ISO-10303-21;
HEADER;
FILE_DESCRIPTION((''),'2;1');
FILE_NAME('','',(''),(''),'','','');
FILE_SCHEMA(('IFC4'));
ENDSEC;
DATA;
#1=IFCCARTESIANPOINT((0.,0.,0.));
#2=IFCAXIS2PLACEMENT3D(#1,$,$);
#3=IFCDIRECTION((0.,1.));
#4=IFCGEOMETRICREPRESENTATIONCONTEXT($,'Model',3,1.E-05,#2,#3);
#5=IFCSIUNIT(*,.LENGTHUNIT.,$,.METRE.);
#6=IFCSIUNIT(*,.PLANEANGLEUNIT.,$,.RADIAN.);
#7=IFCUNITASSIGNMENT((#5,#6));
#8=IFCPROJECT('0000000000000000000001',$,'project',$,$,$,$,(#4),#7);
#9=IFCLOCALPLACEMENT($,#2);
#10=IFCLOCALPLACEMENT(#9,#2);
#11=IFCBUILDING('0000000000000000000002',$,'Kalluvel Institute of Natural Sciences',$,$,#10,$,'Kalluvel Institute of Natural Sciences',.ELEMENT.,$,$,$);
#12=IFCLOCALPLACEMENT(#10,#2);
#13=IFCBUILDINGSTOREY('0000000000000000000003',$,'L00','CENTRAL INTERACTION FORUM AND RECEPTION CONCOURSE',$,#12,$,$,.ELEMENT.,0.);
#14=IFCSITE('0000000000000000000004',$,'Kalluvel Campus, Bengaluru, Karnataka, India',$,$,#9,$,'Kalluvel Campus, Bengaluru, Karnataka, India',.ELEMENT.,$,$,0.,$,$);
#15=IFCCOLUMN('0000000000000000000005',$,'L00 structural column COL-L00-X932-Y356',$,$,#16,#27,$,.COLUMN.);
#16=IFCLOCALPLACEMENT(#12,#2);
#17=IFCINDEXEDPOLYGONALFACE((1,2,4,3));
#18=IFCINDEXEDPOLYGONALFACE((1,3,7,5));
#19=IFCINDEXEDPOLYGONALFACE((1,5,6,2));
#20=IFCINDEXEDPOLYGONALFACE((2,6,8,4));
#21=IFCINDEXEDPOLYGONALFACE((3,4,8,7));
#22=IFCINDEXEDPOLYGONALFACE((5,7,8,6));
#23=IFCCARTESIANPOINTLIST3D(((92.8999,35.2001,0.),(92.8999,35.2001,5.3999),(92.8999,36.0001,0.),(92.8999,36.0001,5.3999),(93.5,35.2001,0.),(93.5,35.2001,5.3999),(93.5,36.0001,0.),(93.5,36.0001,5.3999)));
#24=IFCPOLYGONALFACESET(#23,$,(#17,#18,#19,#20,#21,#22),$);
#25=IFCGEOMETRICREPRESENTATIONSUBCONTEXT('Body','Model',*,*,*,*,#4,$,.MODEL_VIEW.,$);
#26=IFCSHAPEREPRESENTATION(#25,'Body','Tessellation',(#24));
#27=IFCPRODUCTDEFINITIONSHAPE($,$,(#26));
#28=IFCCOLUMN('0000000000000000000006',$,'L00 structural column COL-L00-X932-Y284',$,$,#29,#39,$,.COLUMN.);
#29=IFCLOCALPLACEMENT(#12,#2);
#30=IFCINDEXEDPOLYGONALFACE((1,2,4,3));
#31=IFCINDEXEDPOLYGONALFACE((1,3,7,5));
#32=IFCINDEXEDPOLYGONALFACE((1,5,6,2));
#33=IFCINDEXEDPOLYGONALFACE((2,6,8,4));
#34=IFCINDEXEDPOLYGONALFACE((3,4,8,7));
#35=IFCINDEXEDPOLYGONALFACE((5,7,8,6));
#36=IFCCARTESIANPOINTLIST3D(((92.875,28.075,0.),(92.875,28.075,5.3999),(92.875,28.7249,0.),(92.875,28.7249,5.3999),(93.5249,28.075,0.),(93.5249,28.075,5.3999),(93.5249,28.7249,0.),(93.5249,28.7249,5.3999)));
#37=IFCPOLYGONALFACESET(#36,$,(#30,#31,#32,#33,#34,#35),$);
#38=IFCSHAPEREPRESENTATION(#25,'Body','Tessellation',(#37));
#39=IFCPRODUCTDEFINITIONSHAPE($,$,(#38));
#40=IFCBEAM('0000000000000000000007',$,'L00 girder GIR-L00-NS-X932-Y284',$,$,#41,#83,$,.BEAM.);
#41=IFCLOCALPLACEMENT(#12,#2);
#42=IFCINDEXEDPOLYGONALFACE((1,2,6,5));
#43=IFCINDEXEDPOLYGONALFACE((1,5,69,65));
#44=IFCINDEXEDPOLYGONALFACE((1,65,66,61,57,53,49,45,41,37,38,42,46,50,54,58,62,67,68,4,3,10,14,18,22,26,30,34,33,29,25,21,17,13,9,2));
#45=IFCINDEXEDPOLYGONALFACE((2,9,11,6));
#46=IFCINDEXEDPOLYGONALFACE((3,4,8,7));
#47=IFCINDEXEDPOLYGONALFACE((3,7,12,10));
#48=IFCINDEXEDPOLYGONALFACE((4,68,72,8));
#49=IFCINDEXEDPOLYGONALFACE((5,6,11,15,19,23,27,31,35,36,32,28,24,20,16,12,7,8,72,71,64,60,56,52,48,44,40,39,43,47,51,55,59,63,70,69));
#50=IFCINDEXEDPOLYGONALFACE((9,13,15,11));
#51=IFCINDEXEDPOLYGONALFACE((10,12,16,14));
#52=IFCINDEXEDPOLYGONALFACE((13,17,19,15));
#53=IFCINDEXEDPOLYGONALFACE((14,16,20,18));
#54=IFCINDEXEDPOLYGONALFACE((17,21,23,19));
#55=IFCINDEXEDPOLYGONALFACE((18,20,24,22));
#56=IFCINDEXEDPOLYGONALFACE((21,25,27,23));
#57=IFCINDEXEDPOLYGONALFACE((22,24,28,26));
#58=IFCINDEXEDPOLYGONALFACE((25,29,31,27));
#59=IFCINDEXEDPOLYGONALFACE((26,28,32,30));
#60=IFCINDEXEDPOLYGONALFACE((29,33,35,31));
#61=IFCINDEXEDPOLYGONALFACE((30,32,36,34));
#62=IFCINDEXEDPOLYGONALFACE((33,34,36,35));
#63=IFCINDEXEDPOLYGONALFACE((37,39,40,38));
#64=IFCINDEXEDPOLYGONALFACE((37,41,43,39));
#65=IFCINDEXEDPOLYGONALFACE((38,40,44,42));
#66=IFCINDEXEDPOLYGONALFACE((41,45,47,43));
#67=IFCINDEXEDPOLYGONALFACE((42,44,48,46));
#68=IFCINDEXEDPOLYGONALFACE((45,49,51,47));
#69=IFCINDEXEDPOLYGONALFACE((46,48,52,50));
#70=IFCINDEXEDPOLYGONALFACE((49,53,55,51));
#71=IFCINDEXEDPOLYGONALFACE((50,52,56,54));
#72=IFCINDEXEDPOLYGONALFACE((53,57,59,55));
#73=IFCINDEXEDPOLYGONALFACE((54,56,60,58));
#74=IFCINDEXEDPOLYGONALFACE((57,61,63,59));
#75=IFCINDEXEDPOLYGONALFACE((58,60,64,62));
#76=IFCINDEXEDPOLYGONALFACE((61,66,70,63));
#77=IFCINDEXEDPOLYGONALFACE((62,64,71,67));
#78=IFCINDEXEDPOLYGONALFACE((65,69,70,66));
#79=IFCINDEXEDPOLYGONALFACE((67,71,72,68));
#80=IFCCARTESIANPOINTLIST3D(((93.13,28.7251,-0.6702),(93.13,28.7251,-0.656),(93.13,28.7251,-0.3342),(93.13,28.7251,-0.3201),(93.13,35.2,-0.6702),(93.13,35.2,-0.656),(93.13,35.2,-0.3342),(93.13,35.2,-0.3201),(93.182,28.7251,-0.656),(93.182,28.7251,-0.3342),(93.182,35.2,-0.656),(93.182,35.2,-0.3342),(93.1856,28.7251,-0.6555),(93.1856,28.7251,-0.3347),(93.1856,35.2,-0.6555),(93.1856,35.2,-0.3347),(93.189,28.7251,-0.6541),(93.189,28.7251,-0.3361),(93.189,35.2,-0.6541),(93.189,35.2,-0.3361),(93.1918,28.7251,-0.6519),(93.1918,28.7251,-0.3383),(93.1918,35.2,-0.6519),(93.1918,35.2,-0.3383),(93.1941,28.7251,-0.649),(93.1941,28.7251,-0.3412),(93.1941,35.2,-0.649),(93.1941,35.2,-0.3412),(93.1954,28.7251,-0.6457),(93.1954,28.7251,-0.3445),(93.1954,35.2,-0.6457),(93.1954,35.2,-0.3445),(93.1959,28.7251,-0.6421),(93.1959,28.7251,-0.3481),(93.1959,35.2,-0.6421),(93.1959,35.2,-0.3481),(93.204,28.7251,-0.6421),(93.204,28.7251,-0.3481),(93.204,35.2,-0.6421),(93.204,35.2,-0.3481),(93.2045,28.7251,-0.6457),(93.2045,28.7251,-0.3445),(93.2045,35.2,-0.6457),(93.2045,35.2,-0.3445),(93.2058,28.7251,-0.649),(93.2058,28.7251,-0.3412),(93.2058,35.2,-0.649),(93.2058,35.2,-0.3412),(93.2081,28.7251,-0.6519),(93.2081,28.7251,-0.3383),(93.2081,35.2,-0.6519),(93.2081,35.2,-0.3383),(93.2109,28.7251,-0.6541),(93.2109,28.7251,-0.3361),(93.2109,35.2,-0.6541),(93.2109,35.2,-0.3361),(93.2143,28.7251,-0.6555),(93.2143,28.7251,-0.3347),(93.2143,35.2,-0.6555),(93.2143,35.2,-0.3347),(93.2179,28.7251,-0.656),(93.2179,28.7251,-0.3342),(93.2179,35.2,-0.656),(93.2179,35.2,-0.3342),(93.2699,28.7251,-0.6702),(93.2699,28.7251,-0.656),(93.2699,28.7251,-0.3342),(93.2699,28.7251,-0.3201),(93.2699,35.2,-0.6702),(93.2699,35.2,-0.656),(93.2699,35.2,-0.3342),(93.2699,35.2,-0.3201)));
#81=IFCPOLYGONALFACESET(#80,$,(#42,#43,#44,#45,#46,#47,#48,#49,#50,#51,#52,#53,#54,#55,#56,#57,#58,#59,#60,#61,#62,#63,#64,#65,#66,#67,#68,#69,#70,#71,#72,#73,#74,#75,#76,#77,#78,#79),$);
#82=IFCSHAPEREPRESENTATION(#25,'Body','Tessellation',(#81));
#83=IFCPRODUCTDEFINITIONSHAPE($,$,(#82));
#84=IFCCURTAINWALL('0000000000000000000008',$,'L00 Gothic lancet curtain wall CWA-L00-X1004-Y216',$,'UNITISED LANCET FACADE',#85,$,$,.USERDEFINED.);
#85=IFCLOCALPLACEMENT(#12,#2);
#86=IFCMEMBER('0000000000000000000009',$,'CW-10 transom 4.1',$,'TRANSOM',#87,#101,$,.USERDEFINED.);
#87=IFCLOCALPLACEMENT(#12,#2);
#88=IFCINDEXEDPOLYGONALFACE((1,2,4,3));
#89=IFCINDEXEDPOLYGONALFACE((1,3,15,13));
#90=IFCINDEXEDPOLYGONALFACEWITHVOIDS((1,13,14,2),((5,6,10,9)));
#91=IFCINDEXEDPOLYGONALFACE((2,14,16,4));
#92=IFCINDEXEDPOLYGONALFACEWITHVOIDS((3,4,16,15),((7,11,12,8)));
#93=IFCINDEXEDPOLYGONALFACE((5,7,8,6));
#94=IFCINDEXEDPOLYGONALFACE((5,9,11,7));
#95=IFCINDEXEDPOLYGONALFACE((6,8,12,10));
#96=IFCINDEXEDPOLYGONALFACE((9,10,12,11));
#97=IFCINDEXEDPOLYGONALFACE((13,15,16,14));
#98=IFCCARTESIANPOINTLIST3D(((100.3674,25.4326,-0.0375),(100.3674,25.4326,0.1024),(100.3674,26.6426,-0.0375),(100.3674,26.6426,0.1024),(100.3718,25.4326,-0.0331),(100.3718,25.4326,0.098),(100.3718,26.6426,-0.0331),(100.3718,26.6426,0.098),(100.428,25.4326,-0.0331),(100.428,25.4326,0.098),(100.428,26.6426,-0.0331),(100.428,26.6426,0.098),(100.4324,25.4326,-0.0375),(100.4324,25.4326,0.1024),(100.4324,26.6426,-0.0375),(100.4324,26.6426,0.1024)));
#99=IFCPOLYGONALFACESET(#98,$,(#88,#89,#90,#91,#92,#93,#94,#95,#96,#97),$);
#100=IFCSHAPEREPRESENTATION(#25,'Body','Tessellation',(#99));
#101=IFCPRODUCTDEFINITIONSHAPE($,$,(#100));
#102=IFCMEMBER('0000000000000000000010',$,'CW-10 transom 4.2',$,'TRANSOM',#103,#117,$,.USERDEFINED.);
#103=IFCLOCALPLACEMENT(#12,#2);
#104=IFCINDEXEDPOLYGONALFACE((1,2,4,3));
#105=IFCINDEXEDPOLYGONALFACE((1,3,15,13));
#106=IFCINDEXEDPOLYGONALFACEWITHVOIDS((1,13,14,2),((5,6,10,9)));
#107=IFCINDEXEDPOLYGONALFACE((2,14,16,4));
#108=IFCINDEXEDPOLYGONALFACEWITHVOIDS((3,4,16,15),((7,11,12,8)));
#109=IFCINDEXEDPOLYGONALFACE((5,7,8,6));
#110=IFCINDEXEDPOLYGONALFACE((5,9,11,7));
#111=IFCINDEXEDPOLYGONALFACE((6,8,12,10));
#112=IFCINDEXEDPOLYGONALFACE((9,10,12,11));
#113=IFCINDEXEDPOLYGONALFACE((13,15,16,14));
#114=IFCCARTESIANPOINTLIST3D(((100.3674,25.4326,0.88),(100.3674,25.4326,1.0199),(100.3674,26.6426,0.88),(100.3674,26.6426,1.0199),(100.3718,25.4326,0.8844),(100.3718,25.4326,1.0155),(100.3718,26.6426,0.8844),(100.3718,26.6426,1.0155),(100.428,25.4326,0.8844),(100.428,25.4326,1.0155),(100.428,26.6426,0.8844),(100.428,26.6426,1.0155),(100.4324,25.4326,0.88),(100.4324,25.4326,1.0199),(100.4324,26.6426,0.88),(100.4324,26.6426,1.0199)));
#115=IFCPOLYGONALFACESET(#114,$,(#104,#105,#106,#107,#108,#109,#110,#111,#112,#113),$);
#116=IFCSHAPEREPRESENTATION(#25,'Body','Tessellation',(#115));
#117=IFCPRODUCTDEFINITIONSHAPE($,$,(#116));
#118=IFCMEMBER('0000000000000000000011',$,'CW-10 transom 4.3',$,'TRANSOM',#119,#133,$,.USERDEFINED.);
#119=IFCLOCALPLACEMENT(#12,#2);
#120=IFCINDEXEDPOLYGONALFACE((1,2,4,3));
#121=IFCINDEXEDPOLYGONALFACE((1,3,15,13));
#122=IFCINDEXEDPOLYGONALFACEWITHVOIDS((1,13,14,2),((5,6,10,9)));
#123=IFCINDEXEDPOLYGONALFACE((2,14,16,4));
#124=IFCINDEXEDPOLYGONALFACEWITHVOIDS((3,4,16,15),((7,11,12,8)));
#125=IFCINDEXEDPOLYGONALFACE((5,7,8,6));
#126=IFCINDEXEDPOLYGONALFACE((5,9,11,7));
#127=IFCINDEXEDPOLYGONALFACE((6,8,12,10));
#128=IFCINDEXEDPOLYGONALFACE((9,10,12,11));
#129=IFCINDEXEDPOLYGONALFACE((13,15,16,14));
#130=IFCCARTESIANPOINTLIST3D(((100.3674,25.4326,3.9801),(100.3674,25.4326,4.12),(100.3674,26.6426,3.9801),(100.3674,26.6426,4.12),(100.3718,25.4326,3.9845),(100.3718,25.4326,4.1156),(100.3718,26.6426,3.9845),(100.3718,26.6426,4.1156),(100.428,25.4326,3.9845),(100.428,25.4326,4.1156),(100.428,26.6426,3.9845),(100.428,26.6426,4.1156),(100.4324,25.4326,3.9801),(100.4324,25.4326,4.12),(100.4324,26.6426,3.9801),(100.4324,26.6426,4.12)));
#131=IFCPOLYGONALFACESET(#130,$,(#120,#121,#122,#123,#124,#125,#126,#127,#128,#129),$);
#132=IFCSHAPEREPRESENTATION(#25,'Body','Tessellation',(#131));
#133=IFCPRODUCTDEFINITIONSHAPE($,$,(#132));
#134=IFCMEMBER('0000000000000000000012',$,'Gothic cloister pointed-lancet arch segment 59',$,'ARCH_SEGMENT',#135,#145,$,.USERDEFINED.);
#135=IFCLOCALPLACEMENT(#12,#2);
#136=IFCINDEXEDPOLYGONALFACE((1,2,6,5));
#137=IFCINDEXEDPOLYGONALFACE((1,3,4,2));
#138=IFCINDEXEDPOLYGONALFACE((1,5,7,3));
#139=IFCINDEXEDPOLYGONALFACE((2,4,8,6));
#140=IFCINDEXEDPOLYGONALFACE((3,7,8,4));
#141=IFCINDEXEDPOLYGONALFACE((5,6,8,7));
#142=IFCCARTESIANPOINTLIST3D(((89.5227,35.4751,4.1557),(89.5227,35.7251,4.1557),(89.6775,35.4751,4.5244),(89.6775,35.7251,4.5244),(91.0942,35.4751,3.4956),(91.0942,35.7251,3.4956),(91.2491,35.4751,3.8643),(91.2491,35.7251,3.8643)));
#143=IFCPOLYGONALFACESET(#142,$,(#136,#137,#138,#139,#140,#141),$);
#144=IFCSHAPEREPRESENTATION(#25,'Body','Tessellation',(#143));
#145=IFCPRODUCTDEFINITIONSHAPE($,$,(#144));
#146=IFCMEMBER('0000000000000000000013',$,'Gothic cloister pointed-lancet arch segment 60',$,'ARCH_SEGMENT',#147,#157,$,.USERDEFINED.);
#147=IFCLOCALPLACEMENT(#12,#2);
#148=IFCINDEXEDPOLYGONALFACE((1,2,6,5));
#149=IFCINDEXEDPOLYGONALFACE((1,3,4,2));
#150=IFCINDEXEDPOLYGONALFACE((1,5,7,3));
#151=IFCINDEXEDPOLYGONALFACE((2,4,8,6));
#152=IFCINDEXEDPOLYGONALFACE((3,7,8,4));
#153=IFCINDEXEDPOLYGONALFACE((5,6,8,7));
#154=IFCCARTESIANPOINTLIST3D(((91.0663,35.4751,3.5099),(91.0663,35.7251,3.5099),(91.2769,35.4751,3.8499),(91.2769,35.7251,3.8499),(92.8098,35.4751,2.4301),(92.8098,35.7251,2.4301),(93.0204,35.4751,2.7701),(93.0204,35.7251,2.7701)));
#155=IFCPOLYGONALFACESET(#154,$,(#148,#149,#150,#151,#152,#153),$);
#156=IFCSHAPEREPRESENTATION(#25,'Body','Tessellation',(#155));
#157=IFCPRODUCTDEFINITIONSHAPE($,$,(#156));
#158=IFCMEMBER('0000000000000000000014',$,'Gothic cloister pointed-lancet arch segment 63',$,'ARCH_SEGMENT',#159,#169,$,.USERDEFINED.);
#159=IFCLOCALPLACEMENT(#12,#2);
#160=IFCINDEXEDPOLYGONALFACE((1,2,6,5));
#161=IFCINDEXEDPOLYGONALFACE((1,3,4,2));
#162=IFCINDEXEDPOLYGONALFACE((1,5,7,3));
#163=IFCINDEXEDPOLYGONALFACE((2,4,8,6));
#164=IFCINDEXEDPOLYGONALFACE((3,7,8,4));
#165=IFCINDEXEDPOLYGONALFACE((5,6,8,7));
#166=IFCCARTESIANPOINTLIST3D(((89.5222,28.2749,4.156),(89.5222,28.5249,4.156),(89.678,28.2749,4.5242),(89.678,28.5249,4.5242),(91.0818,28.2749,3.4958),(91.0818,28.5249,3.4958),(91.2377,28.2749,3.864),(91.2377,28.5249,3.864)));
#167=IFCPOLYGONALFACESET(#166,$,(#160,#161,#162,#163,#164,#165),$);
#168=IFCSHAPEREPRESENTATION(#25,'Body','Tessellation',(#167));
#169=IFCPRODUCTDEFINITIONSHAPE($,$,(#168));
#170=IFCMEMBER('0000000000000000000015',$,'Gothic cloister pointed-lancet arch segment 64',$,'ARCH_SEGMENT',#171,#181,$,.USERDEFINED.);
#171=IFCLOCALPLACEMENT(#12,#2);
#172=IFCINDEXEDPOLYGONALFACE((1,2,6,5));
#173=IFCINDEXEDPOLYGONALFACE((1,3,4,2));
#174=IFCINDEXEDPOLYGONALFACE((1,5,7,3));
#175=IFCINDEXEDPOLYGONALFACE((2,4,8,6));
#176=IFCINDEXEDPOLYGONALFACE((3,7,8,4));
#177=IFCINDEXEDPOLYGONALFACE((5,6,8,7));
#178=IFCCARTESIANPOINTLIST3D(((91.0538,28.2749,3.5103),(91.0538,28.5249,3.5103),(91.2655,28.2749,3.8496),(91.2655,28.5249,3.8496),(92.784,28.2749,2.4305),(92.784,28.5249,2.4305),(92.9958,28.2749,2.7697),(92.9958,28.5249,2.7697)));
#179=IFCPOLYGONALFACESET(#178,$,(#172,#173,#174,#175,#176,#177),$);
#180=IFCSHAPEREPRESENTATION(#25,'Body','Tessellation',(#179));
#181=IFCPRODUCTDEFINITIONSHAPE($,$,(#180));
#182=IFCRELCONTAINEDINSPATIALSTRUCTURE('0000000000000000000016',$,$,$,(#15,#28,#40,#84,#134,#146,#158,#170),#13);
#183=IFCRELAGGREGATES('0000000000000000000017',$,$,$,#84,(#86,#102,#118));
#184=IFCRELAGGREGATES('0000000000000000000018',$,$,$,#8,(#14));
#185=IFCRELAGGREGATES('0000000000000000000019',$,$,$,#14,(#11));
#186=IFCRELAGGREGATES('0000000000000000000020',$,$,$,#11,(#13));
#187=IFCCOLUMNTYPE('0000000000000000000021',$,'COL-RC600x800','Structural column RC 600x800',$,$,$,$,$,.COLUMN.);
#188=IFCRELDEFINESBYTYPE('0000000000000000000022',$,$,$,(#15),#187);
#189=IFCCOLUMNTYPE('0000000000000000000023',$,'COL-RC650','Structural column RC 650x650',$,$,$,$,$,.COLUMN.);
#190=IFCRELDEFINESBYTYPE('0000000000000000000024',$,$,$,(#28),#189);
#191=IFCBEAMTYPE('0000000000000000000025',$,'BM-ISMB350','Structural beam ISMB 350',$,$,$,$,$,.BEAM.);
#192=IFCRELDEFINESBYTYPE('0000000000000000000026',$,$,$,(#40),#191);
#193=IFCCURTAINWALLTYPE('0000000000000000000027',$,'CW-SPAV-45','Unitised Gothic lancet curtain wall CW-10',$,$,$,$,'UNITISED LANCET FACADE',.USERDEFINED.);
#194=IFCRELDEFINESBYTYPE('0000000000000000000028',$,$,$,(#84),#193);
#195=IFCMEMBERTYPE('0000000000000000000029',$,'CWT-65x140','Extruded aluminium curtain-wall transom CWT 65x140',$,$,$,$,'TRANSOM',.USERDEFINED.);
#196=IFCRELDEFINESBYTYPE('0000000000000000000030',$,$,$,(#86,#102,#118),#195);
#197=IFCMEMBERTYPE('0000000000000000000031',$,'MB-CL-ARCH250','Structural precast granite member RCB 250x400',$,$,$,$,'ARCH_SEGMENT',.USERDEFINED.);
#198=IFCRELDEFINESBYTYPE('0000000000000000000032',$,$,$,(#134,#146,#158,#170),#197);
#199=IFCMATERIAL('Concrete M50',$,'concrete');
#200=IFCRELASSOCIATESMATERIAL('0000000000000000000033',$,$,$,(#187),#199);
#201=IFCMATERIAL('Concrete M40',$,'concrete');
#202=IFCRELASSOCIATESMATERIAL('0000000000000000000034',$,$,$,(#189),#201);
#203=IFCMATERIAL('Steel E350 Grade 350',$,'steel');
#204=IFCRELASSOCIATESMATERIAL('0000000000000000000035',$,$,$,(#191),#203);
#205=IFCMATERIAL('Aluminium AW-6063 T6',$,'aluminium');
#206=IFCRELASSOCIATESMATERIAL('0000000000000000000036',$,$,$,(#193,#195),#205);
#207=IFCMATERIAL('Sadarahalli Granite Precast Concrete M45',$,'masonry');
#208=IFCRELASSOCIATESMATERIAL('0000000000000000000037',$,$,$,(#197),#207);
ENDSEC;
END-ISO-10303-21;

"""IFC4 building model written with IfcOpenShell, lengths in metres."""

from ifc_helpers import new_model, si_unit, direction, frame, origin, origin_2d, place, context, subcontext, project, spatial, rectangle, hollow_rectangle, i_section, extrude, material, material_profile, profile_set, type_object, element, aggregate, save


model = new_model("IFC4")

# Units and contexts
model_context = context("Model", 3, precision=1e-05, world=origin(), true_north=direction((0.0, 1.0)))
body_context = subcontext(model_context, "Body", "Model", "MODEL_VIEW")
ifc_project = project(units=[si_unit("LENGTHUNIT", "METRE"), si_unit("PLANEANGLEUNIT", "RADIAN")], contexts=[model_context])

# Site, building, storey
site_placement = place(None, origin())
site = spatial("IfcSite", under=ifc_project, at=site_placement, Name="Kalluvel Campus, Bengaluru, Karnataka, India", LongName="Kalluvel Campus, Bengaluru, Karnataka, India", CompositionType="ELEMENT", RefElevation=0.0)
building_placement = place(site_placement, origin())
building = spatial("IfcBuilding", under=site, at=building_placement, Name="Kalluvel Institute of Natural Sciences", LongName="Kalluvel Institute of Natural Sciences", CompositionType="ELEMENT")
storey_placement = place(building_placement, origin())
storey = spatial("IfcBuildingStorey", under=building, at=storey_placement, Name="L00", Description="CENTRAL INTERACTION FORUM AND RECEPTION CONCOURSE", CompositionType="ELEMENT", Elevation=0.0)

# Columns
ifc_material_1 = material(Name="Concrete M50", Category="concrete")
ifc_material_profile_1 = material_profile(ifc_material_1, rectangle(XDim=0.6001, YDim=0.8, at=origin_2d()), Name="RC 600x800")
ifc_profile_set_1 = profile_set([ifc_material_profile_1], Name="Concrete M50")
column_type_1 = type_object("IfcColumnType", Name="COL-RC600x800", Description="Structural column RC 600x800", PredefinedType="COLUMN", material=ifc_profile_set_1)
column_1_placement = place(storey_placement, frame((93.2, 35.6001, 0.0), z_axis=(0.0, 0.0, 1.0), x_axis=(1.0, 0.0, 0.0)))
element("IfcColumn", 1, at=column_1_placement, inside=storey, type_object=column_type_1, Name="L00 structural column COL-L00-X932-Y356", PredefinedType="COLUMN", context=body_context, shape_type="SweptSolid", body=[
    extrude(rectangle(XDim=0.6001, YDim=0.8, at=origin_2d()), origin(), (0.0, 0.0, 1.0), 5.3999),
])
ifc_material_2 = material(Name="Concrete M40", Category="concrete")
ifc_material_profile_2 = material_profile(ifc_material_2, rectangle(XDim=0.6499, YDim=0.6499, at=origin_2d()), Name="RC 650x650")
ifc_profile_set_2 = profile_set([ifc_material_profile_2], Name="Concrete M40")
column_type_2 = type_object("IfcColumnType", Name="COL-RC650", Description="Structural column RC 650x650", PredefinedType="COLUMN", material=ifc_profile_set_2)
column_2_placement = place(storey_placement, frame((93.2, 28.3999, 0.0), z_axis=(0.0, 0.0, 1.0), x_axis=(1.0, 0.0, 0.0)))
element("IfcColumn", 2, at=column_2_placement, inside=storey, type_object=column_type_2, Name="L00 structural column COL-L00-X932-Y284", PredefinedType="COLUMN", context=body_context, shape_type="SweptSolid", body=[
    extrude(rectangle(XDim=0.6499, YDim=0.6499, at=origin_2d()), origin(), (0.0, 0.0, 1.0), 5.3999),
])

# Beam
ifc_material_3 = material(Name="Steel E350 Grade 350", Category="steel")
ifc_material_profile_3 = material_profile(ifc_material_3, i_section(OverallWidth=0.1399, OverallDepth=0.3501, WebThickness=0.0081, FlangeThickness=0.0142, FilletRadius=0.0139, at=origin_2d()), Name="ISMB 350")
ifc_profile_set_3 = profile_set([ifc_material_profile_3], Name="Steel E350 Grade 350")
beam_type_1 = type_object("IfcBeamType", Name="BM-ISMB350", Description="Structural beam ISMB 350", PredefinedType="BEAM", material=ifc_profile_set_3)
beam_1_placement = place(storey_placement, frame((93.2, 28.7251, -0.4951), z_axis=(0.0, 1.0, 0.0), x_axis=(-1.0, 0.0, 0.0)))
element("IfcBeam", 3, at=beam_1_placement, inside=storey, type_object=beam_type_1, Name="L00 girder GIR-L00-NS-X932-Y284", PredefinedType="BEAM", context=body_context, shape_type="SweptSolid", body=[
    extrude(i_section(OverallWidth=0.1399, OverallDepth=0.3501, WebThickness=0.0081, FlangeThickness=0.0142, FilletRadius=0.0139, at=origin_2d()), origin(), (0.0, 0.0, 1.0), 6.4749),
])

# Curtain wall, members
ifc_material_4 = material(Name="Aluminium AW-6063 T6", Category="aluminium")
curtain_wall_type = type_object("IfcCurtainWallType", Name="CW-SPAV-45", Description="Unitised Gothic lancet curtain wall CW-10", ElementType="UNITISED LANCET FACADE", PredefinedType="USERDEFINED", material=ifc_material_4)
curtain_wall_placement = place(storey_placement, origin())
curtain_wall = element("IfcCurtainWall", 4, at=curtain_wall_placement, inside=storey, type_object=curtain_wall_type, Name="L00 Gothic lancet curtain wall CWA-L00-X1004-Y216", ObjectType="UNITISED LANCET FACADE", PredefinedType="USERDEFINED")
ifc_material_profile_4 = material_profile(ifc_material_4, hollow_rectangle(XDim=0.0649, YDim=0.1399, WallThickness=0.0044, at=origin_2d()), Name="CWT 65x140")
ifc_profile_set_4 = profile_set([ifc_material_profile_4], Name="Aluminium AW-6063 T6")
member_type_1 = type_object("IfcMemberType", Name="CWT-65x140", Description="Extruded aluminium curtain-wall transom CWT 65x140", ElementType="TRANSOM", PredefinedType="USERDEFINED", material=ifc_profile_set_4)
member_1_placement = place(storey_placement, frame((100.3999, 25.4326, 0.0325), z_axis=(0.0, 1.0, 0.0), x_axis=(-1.0, 0.0, 0.0)))
member_1 = element("IfcMember", 5, at=member_1_placement, type_object=member_type_1, Name="CW-10 transom 4.1", ObjectType="TRANSOM", PredefinedType="USERDEFINED", context=body_context, shape_type="SweptSolid", body=[
    extrude(hollow_rectangle(XDim=0.0649, YDim=0.1399, WallThickness=0.0044, at=origin_2d()), origin(), (0.0, 0.0, 1.0), 1.21),
])
member_2_placement = place(storey_placement, frame((100.3999, 25.4326, 0.95), z_axis=(0.0, 1.0, 0.0), x_axis=(-1.0, 0.0, 0.0)))
member_2 = element("IfcMember", 6, at=member_2_placement, type_object=member_type_1, Name="CW-10 transom 4.2", ObjectType="TRANSOM", PredefinedType="USERDEFINED", context=body_context, shape_type="SweptSolid", body=[
    extrude(hollow_rectangle(XDim=0.0649, YDim=0.1399, WallThickness=0.0044, at=origin_2d()), origin(), (0.0, 0.0, 1.0), 1.21),
])
member_3_placement = place(storey_placement, frame((100.3999, 25.4326, 4.05), z_axis=(0.0, 1.0, 0.0), x_axis=(-1.0, 0.0, 0.0)))
member_3 = element("IfcMember", 7, at=member_3_placement, type_object=member_type_1, Name="CW-10 transom 4.3", ObjectType="TRANSOM", PredefinedType="USERDEFINED", context=body_context, shape_type="SweptSolid", body=[
    extrude(hollow_rectangle(XDim=0.0649, YDim=0.1399, WallThickness=0.0044, at=origin_2d()), origin(), (0.0, 0.0, 1.0), 1.21),
])
aggregate(curtain_wall, [member_1, member_2, member_3])

# Members
ifc_material_5 = material(Name="Sadarahalli Granite Precast Concrete M45", Category="masonry")
ifc_material_profile_5 = material_profile(ifc_material_5, rectangle(XDim=0.25, YDim=0.3999, at=origin_2d()), Name="RCB 250x400")
ifc_profile_set_5 = profile_set([ifc_material_profile_5], Name="Sadarahalli Granite Precast Concrete M45")
member_type_2 = type_object("IfcMemberType", Name="MB-CL-ARCH250", Description="Structural precast granite member RCB 250x400", ElementType="ARCH_SEGMENT", PredefinedType="USERDEFINED", material=ifc_profile_set_5)
member_4_placement = place(storey_placement, frame((89.6001, 35.6001, 4.3401), z_axis=(0.921959, 0.0, -0.387288), x_axis=(0.0, 1.0, 0.0)))
element("IfcMember", 8, at=member_4_placement, inside=storey, type_object=member_type_2, Name="Gothic cloister pointed-lancet arch segment 59", ObjectType="ARCH_SEGMENT", PredefinedType="USERDEFINED", context=body_context, shape_type="SweptSolid", body=[
    extrude(rectangle(XDim=0.25, YDim=0.3999, at=origin_2d()), origin(), (0.0, 0.0, 1.0), 1.7046),
])
member_5_placement = place(storey_placement, frame((91.1716, 35.6001, 3.6799), z_axis=(0.850138, 0.0, -0.52656), x_axis=(0.0, 1.0, 0.0)))
element("IfcMember", 9, at=member_5_placement, inside=storey, type_object=member_type_2, Name="Gothic cloister pointed-lancet arch segment 60", ObjectType="ARCH_SEGMENT", PredefinedType="USERDEFINED", context=body_context, shape_type="SweptSolid", body=[
    extrude(rectangle(XDim=0.25, YDim=0.3999, at=origin_2d()), origin(), (0.0, 0.0, 1.0), 2.0508),
])
member_6_placement = place(storey_placement, frame((89.6001, 28.3999, 4.3401), z_axis=(0.920896, 0.0, -0.389809), x_axis=(0.0, 1.0, 0.0)))
element("IfcMember", 10, at=member_6_placement, inside=storey, type_object=member_type_2, Name="Gothic cloister pointed-lancet arch segment 63", ObjectType="ARCH_SEGMENT", PredefinedType="USERDEFINED", context=body_context, shape_type="SweptSolid", body=[
    extrude(rectangle(XDim=0.25, YDim=0.3999, at=origin_2d()), origin(), (0.0, 0.0, 1.0), 1.6936),
])
member_7_placement = place(storey_placement, frame((91.1597, 28.3999, 3.6799), z_axis=(0.848341, 0.0, -0.52945), x_axis=(0.0, 1.0, 0.0)))
element("IfcMember", 11, at=member_7_placement, inside=storey, type_object=member_type_2, Name="Gothic cloister pointed-lancet arch segment 64", ObjectType="ARCH_SEGMENT", PredefinedType="USERDEFINED", context=body_context, shape_type="SweptSolid", body=[
    extrude(rectangle(XDim=0.25, YDim=0.3999, at=origin_2d()), origin(), (0.0, 0.0, 1.0), 2.0396),
])

save(model, "model.ifc")
